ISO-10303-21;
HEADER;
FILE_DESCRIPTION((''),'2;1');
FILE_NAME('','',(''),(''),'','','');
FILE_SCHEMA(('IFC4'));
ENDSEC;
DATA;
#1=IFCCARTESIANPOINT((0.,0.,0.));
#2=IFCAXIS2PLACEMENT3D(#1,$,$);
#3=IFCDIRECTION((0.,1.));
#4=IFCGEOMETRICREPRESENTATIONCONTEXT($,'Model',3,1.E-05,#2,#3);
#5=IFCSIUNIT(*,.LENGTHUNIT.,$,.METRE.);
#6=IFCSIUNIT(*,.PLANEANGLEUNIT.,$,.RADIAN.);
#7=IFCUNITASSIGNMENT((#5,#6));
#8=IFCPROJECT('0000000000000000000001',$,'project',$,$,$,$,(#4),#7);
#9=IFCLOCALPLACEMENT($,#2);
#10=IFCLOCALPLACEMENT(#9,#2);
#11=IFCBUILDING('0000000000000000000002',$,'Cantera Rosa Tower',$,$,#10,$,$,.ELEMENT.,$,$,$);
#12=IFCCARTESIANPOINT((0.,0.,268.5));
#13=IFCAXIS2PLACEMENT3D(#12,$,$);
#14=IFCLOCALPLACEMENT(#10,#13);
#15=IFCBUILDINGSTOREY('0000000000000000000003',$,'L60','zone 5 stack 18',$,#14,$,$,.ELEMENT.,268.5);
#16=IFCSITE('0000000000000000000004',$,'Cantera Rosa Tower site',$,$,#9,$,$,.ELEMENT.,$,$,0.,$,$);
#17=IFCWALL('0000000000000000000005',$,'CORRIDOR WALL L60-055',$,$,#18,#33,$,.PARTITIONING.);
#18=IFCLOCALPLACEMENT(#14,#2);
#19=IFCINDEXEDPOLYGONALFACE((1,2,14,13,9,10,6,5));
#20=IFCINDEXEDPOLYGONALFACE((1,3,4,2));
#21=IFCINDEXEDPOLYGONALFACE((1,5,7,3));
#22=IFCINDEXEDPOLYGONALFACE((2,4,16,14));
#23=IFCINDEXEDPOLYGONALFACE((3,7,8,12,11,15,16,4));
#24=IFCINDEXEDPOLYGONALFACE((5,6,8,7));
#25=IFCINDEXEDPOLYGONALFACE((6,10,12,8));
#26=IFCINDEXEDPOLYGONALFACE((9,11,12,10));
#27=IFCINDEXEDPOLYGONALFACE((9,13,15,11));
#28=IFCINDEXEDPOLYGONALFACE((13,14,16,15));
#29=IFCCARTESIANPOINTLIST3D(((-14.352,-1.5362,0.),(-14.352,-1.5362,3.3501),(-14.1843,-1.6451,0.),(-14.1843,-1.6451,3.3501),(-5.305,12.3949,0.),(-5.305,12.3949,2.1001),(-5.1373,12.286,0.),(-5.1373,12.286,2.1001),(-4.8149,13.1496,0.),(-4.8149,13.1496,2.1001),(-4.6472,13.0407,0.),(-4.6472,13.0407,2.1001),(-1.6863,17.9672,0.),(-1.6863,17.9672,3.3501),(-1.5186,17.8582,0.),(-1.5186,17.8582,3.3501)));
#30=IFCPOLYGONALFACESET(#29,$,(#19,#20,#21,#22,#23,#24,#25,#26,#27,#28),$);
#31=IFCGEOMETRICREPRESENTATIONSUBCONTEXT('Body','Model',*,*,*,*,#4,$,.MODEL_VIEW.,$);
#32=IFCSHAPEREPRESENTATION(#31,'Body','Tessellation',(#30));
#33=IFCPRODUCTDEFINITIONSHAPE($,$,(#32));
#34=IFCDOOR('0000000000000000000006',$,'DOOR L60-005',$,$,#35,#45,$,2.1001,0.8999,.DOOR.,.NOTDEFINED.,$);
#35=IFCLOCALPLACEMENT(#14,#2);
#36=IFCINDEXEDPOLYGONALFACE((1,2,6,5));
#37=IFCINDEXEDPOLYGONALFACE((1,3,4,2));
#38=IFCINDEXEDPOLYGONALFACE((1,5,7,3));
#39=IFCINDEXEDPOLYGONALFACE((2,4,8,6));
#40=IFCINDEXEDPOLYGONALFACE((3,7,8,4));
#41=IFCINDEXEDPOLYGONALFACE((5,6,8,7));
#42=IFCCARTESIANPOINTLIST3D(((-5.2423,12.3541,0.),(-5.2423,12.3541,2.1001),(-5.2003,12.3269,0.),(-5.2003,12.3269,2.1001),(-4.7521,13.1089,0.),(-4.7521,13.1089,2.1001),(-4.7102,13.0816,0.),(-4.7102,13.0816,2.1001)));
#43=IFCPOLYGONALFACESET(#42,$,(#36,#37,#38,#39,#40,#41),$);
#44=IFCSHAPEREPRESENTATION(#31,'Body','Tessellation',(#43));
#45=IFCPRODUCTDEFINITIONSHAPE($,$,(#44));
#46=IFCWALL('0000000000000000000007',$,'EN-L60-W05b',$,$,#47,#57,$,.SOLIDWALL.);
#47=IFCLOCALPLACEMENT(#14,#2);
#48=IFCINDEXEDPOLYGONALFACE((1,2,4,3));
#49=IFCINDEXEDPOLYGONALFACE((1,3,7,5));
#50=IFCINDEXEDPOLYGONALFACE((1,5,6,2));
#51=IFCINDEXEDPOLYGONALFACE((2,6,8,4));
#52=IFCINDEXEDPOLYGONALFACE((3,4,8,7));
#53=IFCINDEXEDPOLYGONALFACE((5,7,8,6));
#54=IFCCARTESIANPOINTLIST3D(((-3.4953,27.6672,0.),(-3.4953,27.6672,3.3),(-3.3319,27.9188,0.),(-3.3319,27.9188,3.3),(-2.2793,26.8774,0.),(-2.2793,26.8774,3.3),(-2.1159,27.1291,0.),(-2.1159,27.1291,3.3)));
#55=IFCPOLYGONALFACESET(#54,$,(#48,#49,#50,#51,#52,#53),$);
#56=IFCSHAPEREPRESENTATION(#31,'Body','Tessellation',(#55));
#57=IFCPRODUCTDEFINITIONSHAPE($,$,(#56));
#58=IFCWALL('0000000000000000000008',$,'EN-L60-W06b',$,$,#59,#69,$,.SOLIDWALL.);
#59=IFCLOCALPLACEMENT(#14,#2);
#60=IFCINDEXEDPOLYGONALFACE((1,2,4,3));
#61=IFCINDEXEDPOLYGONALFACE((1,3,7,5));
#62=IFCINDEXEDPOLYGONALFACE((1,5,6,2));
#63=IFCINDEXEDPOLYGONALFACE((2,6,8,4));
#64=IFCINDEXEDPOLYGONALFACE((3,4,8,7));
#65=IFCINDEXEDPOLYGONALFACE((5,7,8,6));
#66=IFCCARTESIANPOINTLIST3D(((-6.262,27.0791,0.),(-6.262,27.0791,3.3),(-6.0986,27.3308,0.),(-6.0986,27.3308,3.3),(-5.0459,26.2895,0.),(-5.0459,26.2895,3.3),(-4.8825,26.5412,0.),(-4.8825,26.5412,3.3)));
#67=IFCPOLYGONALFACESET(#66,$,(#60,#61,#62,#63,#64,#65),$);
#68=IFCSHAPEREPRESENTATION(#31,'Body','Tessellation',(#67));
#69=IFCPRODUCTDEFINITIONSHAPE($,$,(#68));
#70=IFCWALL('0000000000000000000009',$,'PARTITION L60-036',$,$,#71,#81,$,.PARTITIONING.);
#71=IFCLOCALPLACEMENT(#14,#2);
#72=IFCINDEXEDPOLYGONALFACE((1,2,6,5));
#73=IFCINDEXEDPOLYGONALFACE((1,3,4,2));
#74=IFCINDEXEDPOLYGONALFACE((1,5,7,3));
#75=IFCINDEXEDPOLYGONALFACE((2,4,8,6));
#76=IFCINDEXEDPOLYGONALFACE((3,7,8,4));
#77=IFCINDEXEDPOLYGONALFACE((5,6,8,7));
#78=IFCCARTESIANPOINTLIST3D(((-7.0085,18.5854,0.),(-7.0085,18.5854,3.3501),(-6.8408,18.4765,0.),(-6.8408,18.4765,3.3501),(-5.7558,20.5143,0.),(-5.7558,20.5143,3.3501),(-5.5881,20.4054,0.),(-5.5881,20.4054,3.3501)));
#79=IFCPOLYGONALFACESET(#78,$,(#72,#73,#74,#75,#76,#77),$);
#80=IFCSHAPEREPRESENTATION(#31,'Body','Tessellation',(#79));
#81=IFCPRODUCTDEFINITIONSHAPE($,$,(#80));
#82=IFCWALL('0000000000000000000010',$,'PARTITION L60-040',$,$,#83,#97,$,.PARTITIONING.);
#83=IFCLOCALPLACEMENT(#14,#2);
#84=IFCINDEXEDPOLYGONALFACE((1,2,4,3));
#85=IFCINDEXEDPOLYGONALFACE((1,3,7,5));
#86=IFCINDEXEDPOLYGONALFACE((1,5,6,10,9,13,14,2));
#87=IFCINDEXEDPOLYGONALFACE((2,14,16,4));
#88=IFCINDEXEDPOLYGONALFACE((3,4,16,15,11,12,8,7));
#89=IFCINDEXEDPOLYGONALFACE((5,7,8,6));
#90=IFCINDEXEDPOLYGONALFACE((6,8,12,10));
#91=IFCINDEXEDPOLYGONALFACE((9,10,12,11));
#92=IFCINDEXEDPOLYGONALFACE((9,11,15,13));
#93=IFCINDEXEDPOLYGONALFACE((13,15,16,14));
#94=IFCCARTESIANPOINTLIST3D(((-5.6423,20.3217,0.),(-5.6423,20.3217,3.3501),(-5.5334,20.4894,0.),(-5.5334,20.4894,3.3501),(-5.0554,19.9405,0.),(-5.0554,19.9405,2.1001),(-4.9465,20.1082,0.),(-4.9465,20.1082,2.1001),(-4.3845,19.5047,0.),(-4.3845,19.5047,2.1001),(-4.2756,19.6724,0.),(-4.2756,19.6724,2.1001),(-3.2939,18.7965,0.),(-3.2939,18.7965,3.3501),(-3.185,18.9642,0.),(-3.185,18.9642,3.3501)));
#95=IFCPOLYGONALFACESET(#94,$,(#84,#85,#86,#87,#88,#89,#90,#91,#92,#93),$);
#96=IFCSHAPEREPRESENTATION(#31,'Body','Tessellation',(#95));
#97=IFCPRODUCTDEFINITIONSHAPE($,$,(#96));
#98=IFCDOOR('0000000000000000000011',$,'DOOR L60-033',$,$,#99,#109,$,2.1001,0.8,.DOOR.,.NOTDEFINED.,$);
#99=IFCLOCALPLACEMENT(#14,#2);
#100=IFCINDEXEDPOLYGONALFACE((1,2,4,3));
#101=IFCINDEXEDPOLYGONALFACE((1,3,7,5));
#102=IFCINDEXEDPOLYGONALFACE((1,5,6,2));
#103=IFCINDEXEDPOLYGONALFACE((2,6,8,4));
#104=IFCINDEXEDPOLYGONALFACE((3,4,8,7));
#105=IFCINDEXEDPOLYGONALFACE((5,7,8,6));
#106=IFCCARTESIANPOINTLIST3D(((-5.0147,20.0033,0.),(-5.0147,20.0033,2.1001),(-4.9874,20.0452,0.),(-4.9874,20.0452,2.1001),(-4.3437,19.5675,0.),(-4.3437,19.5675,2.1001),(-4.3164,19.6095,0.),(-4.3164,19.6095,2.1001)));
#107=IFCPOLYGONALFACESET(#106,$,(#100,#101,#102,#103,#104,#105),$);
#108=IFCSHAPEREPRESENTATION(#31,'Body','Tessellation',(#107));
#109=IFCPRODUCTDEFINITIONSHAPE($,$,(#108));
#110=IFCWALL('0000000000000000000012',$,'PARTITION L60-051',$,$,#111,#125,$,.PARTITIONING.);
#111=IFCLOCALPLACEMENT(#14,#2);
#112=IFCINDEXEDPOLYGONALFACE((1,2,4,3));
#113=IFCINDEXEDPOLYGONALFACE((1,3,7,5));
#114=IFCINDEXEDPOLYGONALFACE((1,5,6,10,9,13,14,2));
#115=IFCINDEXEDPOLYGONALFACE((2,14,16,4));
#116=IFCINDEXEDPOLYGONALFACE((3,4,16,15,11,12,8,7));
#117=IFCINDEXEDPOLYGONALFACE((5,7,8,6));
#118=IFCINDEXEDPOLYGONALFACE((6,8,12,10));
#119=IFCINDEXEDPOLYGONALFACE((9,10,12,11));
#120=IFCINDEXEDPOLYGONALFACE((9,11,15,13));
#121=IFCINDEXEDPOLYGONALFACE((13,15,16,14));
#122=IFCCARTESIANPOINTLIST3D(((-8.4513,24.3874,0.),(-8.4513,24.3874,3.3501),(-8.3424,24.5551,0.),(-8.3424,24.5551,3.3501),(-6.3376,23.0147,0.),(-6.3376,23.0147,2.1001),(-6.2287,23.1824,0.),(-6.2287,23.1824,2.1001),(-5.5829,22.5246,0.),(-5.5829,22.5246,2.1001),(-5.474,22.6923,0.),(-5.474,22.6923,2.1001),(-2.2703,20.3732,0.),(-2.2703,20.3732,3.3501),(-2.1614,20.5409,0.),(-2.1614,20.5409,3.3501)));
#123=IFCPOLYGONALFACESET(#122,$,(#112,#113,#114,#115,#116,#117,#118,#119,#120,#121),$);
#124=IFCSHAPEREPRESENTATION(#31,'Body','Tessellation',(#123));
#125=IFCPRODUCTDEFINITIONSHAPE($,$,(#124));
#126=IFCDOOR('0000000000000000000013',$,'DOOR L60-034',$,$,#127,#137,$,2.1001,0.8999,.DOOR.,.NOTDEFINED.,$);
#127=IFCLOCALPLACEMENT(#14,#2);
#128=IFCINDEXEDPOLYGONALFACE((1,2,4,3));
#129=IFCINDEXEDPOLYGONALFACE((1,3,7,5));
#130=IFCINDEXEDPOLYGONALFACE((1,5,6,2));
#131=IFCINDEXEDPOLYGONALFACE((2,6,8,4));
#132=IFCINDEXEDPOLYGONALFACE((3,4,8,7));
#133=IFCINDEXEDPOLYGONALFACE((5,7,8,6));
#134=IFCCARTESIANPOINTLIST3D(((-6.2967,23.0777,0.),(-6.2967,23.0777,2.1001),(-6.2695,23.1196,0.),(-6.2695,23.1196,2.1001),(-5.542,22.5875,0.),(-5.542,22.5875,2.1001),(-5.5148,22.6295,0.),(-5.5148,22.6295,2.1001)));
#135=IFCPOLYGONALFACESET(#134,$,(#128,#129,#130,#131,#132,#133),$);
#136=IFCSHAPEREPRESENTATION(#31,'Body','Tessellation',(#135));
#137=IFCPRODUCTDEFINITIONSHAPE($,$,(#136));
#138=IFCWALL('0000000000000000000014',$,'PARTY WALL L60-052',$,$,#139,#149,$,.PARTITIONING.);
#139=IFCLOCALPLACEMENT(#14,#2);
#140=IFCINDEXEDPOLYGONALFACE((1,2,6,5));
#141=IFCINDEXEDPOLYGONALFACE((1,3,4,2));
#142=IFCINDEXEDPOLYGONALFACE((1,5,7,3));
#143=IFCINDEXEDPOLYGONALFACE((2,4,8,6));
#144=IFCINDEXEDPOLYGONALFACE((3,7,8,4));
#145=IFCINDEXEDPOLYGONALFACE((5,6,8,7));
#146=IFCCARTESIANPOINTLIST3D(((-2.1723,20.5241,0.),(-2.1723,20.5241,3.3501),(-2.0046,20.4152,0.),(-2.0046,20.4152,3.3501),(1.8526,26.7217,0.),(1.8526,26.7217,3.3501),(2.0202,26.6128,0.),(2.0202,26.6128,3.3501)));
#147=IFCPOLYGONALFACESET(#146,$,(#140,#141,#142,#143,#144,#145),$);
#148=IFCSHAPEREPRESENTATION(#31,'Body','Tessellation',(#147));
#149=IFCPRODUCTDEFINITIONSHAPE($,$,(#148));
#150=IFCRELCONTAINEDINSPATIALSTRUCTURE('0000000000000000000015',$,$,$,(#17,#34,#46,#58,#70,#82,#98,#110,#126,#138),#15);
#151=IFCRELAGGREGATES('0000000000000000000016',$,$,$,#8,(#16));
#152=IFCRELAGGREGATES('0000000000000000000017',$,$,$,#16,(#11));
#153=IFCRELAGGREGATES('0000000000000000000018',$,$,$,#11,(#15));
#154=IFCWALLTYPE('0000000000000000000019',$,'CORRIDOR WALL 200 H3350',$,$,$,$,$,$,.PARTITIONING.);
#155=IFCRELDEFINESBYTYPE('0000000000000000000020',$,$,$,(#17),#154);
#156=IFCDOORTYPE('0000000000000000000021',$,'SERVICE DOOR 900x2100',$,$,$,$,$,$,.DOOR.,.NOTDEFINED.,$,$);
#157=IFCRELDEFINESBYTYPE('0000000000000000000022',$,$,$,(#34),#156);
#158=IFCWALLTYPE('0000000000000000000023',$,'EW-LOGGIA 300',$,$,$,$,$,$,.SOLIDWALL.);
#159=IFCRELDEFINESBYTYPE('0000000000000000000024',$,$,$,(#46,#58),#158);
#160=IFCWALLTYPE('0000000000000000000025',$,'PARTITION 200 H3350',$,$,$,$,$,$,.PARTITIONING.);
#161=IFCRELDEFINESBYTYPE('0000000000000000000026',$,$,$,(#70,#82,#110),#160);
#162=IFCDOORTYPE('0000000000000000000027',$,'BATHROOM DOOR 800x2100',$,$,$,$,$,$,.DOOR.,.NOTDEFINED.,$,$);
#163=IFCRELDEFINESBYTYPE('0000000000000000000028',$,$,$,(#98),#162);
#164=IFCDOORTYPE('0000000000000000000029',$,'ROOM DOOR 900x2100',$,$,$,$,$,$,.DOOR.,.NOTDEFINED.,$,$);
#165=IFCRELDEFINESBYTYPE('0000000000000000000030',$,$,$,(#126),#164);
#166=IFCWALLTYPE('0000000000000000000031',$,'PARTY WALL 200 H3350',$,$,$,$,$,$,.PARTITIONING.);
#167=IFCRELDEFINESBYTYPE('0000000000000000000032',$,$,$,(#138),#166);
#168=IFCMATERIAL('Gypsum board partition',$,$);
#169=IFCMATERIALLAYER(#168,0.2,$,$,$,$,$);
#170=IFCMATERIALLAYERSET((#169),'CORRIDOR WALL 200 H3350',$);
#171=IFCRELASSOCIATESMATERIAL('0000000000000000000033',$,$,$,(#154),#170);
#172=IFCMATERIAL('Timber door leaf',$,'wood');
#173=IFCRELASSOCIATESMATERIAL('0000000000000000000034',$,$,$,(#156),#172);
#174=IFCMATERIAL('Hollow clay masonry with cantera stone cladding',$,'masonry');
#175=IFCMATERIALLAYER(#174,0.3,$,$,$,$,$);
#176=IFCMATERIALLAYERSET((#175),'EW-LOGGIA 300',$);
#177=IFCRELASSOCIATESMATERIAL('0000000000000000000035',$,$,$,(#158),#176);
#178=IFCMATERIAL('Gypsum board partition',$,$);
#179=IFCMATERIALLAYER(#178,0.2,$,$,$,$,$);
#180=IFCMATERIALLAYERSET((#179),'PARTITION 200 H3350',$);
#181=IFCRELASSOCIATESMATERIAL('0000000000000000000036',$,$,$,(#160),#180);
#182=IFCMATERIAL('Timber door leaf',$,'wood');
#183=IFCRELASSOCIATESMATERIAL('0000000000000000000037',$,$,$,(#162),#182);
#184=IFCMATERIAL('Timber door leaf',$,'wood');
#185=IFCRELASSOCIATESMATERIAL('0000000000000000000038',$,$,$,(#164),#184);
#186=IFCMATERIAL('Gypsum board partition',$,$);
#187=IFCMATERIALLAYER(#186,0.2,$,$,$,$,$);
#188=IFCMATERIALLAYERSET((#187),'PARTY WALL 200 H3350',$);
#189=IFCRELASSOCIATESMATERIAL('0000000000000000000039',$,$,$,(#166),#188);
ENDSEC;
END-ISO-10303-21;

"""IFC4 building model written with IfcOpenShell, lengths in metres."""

from ifc_helpers import new_model, si_unit, direction, frame, frame_2d, origin, place, context, subcontext, project, spatial, rectangle, extrude, material, layer, layer_set, type_object, element, fill, save


model = new_model("IFC4")

# Units and contexts
model_context = context("Model", 3, precision=1e-05, world=origin(), true_north=direction((0.0, 1.0)))
body_context = subcontext(model_context, "Body", "Model", "MODEL_VIEW")
ifc_project = project(units=[si_unit("LENGTHUNIT", "METRE"), si_unit("PLANEANGLEUNIT", "RADIAN")], contexts=[model_context])

# Site, building, storey
site_placement = place(None, origin())
site = spatial("IfcSite", under=ifc_project, at=site_placement, Name="Cantera Rosa Tower site", CompositionType="ELEMENT", RefElevation=0.0)
building_placement = place(site_placement, origin())
building = spatial("IfcBuilding", under=site, at=building_placement, Name="Cantera Rosa Tower", CompositionType="ELEMENT")
storey_placement = place(building_placement, frame((0.0, 0.0, 268.5)))
storey = spatial("IfcBuildingStorey", under=building, at=storey_placement, Name="L60", Description="zone 5 stack 18", CompositionType="ELEMENT", Elevation=268.5)

# Shared definitions
ifc_material_1 = material(Name="Gypsum board partition")
ifc_layer_1 = layer(ifc_material_1, 0.2)
ifc_layer_set_1 = layer_set([ifc_layer_1], Name="CORRIDOR WALL 200 H3350")
wall_type_1 = type_object("IfcWallType", Name="CORRIDOR WALL 200 H3350", PredefinedType="PARTITIONING", material=ifc_layer_set_1)

# Wall, opening, door
wall_1_placement = place(storey_placement, frame((-1.6025, 17.9126, 0.0), z_axis=(0.0, 0.0, 1.0), x_axis=(-0.544642, -0.838669, 0.0)))
wall_1 = element("IfcWall", 1, at=wall_1_placement, inside=storey, type_object=wall_type_1, Name="CORRIDOR WALL L60-055", PredefinedType="PARTITIONING", context=body_context, shape_type="SweptSolid", body=[
    extrude(rectangle(XDim=23.2551, YDim=0.2, at=frame_2d((11.6274, 0.0))), origin(), (0.0, 0.0, 1.0), 3.3501),
])
opening_1_placement = place(wall_1_placement, frame((5.7441, 0.0, 0.0)))
opening_1 = element("IfcOpeningElement", 2, at=opening_1_placement, cuts=wall_1, PredefinedType="OPENING", context=body_context, shape_type="SweptSolid", body=[
    extrude(rectangle(XDim=0.8999, YDim=2.1001, at=frame_2d((0.45, 1.05))), frame((0.0, 0.1099, 0.0), z_axis=(0.0, -1.0, 0.0), x_axis=(1.0, 0.0, 0.0)), (0.0, 0.0, 1.0), 0.22),
])
ifc_material_2 = material(Name="Timber door leaf", Category="wood")
door_type_1 = type_object("IfcDoorType", Name="SERVICE DOOR 900x2100", OperationType="NOTDEFINED", PredefinedType="DOOR", material=ifc_material_2)
door_1_placement = place(opening_1_placement, origin())
door_1 = element("IfcDoor", 3, at=door_1_placement, inside=storey, type_object=door_type_1, Name="DOOR L60-005", OperationType="NOTDEFINED", OverallHeight=2.1001, OverallWidth=0.8999, PredefinedType="DOOR", context=body_context, shape_type="SweptSolid", body=[
    extrude(rectangle(XDim=0.8999, YDim=2.1001, at=frame_2d((0.45, 1.05))), frame((0.0, 0.0249, 0.0), z_axis=(0.0, -1.0, 0.0), x_axis=(1.0, 0.0, 0.0)), (0.0, 0.0, 1.0), 0.05),
])
fill(opening_1, door_1)

# Walls
ifc_material_3 = material(Name="Hollow clay masonry with cantera stone cladding", Category="masonry")
ifc_layer_2 = layer(ifc_material_3, 0.3)
ifc_layer_set_2 = layer_set([ifc_layer_2], Name="EW-LOGGIA 300")
wall_type_2 = type_object("IfcWallType", Name="EW-LOGGIA 300", PredefinedType="SOLIDWALL", material=ifc_layer_set_2)
for number, where, z_axis, x_axis, name in (
    (4, (-2.1975, 27.0032, 0.0), (0.0, 0.0, 1.0), (-0.838647, 0.544675, 0.0), "EN-L60-W05b"),
    (5, (-4.9641, 26.4153, 0.0), (0.0, 0.0, 1.0), (-0.838724, 0.544556, 0.0), "EN-L60-W06b"),
):
    element("IfcWall", number, at=place(storey_placement, frame(where, z_axis=z_axis, x_axis=x_axis)), inside=storey, type_object=wall_type_2, Name=name, PredefinedType="SOLIDWALL", context=body_context, shape_type="SweptSolid", body=[
        extrude(rectangle(XDim=1.45, YDim=0.3, at=frame_2d((0.7251, 0.0))), origin(), (0.0, 0.0, 1.0), 3.3),
    ])
ifc_material_4 = material(Name="Gypsum board partition")
ifc_layer_3 = layer(ifc_material_4, 0.2)
ifc_layer_set_3 = layer_set([ifc_layer_3], Name="PARTITION 200 H3350")
wall_type_3 = type_object("IfcWallType", Name="PARTITION 200 H3350", PredefinedType="PARTITIONING", material=ifc_layer_set_3)
wall_2_placement = place(storey_placement, frame((-6.9246, 18.531, 0.0), z_axis=(0.0, 0.0, 1.0), x_axis=(0.544641, 0.838669, 0.0)))
element("IfcWall", 6, at=wall_2_placement, inside=storey, type_object=wall_type_3, Name="PARTITION L60-036", PredefinedType="PARTITIONING", context=body_context, shape_type="SweptSolid", body=[
    extrude(rectangle(XDim=2.3, YDim=0.2, at=frame_2d((1.1499, 0.0))), origin(), (0.0, 0.0, 1.0), 3.3501),
])

# Walls, openings, doors
wall_3_placement = place(storey_placement, frame((-5.5879, 20.4055, 0.0), z_axis=(0.0, 0.0, 1.0), x_axis=(0.838657, -0.54466, 0.0)))
wall_3 = element("IfcWall", 7, at=wall_3_placement, inside=storey, type_object=wall_type_3, Name="PARTITION L60-040", PredefinedType="PARTITIONING", context=body_context, shape_type="SweptSolid", body=[
    extrude(rectangle(XDim=2.8003, YDim=0.2, at=frame_2d((1.4001, 0.0))), origin(), (0.0, 0.0, 1.0), 3.3501),
])
opening_2_placement = place(wall_3_placement, frame((0.7, 0.0, 0.0)))
opening_2 = element("IfcOpeningElement", 8, at=opening_2_placement, cuts=wall_3, PredefinedType="OPENING", context=body_context, shape_type="SweptSolid", body=[
    extrude(rectangle(XDim=0.8, YDim=2.1001, at=frame_2d((0.3999, 1.05))), frame((0.0, 0.1099, 0.0), z_axis=(0.0, -1.0, 0.0), x_axis=(1.0, 0.0, 0.0)), (0.0, 0.0, 1.0), 0.22),
])
ifc_material_5 = material(Name="Timber door leaf", Category="wood")
door_type_2 = type_object("IfcDoorType", Name="BATHROOM DOOR 800x2100", OperationType="NOTDEFINED", PredefinedType="DOOR", material=ifc_material_5)
door_2_placement = place(opening_2_placement, origin())
door_2 = element("IfcDoor", 9, at=door_2_placement, inside=storey, type_object=door_type_2, Name="DOOR L60-033", OperationType="NOTDEFINED", OverallHeight=2.1001, OverallWidth=0.8, PredefinedType="DOOR", context=body_context, shape_type="SweptSolid", body=[
    extrude(rectangle(XDim=0.8, YDim=2.1001, at=frame_2d((0.3999, 1.05))), frame((0.0, 0.0249, 0.0), z_axis=(0.0, -1.0, 0.0), x_axis=(1.0, 0.0, 0.0)), (0.0, 0.0, 1.0), 0.05),
])
fill(opening_2, door_2)
wall_4_placement = place(storey_placement, frame((-2.2158, 20.457, 0.0), z_axis=(0.0, 0.0, 1.0), x_axis=(-0.838656, 0.544661, 0.0)))
wall_4 = element("IfcWall", 10, at=wall_4_placement, inside=storey, type_object=wall_type_3, Name="PARTITION L60-051", PredefinedType="PARTITIONING", context=body_context, shape_type="SweptSolid", body=[
    extrude(rectangle(XDim=7.3701, YDim=0.2, at=frame_2d((3.6851, 0.0))), origin(), (0.0, 0.0, 1.0), 3.3501),
])
opening_3_placement = place(wall_4_placement, frame((3.95, 0.0, 0.0)))
opening_3 = element("IfcOpeningElement", 11, at=opening_3_placement, cuts=wall_4, PredefinedType="OPENING", context=body_context, shape_type="SweptSolid", body=[
    extrude(rectangle(XDim=0.8999, YDim=2.1001, at=frame_2d((0.45, 1.05))), frame((0.0, 0.1099, 0.0), z_axis=(0.0, -1.0, 0.0), x_axis=(1.0, 0.0, 0.0)), (0.0, 0.0, 1.0), 0.22),
])
ifc_material_6 = material(Name="Timber door leaf", Category="wood")
door_type_3 = type_object("IfcDoorType", Name="ROOM DOOR 900x2100", OperationType="NOTDEFINED", PredefinedType="DOOR", material=ifc_material_6)
door_3_placement = place(opening_3_placement, origin())
door_3 = element("IfcDoor", 12, at=door_3_placement, inside=storey, type_object=door_type_3, Name="DOOR L60-034", OperationType="NOTDEFINED", OverallHeight=2.1001, OverallWidth=0.8999, PredefinedType="DOOR", context=body_context, shape_type="SweptSolid", body=[
    extrude(rectangle(XDim=0.8999, YDim=2.1001, at=frame_2d((0.45, 1.05))), frame((0.0, 0.0249, 0.0), z_axis=(0.0, -1.0, 0.0), x_axis=(1.0, 0.0, 0.0)), (0.0, 0.0, 1.0), 0.05),
])
fill(opening_3, door_3)

# Wall
ifc_material_7 = material(Name="Gypsum board partition")
ifc_layer_4 = layer(ifc_material_7, 0.2)
ifc_layer_set_4 = layer_set([ifc_layer_4], Name="PARTY WALL 200 H3350")
wall_type_4 = type_object("IfcWallType", Name="PARTY WALL 200 H3350", PredefinedType="PARTITIONING", material=ifc_layer_set_4)
wall_5_placement = place(storey_placement, frame((-2.0884, 20.4697, 0.0), z_axis=(0.0, 0.0, 1.0), x_axis=(0.544642, 0.838668, 0.0)))
element("IfcWall", 13, at=wall_5_placement, inside=storey, type_object=wall_type_4, Name="PARTY WALL L60-052", PredefinedType="PARTITIONING", context=body_context, shape_type="SweptSolid", body=[
    extrude(rectangle(XDim=7.3899, YDim=0.2, at=frame_2d((3.6948, 0.0))), origin(), (0.0, 0.0, 1.0), 3.3501),
])

save(model, "model.ifc")
